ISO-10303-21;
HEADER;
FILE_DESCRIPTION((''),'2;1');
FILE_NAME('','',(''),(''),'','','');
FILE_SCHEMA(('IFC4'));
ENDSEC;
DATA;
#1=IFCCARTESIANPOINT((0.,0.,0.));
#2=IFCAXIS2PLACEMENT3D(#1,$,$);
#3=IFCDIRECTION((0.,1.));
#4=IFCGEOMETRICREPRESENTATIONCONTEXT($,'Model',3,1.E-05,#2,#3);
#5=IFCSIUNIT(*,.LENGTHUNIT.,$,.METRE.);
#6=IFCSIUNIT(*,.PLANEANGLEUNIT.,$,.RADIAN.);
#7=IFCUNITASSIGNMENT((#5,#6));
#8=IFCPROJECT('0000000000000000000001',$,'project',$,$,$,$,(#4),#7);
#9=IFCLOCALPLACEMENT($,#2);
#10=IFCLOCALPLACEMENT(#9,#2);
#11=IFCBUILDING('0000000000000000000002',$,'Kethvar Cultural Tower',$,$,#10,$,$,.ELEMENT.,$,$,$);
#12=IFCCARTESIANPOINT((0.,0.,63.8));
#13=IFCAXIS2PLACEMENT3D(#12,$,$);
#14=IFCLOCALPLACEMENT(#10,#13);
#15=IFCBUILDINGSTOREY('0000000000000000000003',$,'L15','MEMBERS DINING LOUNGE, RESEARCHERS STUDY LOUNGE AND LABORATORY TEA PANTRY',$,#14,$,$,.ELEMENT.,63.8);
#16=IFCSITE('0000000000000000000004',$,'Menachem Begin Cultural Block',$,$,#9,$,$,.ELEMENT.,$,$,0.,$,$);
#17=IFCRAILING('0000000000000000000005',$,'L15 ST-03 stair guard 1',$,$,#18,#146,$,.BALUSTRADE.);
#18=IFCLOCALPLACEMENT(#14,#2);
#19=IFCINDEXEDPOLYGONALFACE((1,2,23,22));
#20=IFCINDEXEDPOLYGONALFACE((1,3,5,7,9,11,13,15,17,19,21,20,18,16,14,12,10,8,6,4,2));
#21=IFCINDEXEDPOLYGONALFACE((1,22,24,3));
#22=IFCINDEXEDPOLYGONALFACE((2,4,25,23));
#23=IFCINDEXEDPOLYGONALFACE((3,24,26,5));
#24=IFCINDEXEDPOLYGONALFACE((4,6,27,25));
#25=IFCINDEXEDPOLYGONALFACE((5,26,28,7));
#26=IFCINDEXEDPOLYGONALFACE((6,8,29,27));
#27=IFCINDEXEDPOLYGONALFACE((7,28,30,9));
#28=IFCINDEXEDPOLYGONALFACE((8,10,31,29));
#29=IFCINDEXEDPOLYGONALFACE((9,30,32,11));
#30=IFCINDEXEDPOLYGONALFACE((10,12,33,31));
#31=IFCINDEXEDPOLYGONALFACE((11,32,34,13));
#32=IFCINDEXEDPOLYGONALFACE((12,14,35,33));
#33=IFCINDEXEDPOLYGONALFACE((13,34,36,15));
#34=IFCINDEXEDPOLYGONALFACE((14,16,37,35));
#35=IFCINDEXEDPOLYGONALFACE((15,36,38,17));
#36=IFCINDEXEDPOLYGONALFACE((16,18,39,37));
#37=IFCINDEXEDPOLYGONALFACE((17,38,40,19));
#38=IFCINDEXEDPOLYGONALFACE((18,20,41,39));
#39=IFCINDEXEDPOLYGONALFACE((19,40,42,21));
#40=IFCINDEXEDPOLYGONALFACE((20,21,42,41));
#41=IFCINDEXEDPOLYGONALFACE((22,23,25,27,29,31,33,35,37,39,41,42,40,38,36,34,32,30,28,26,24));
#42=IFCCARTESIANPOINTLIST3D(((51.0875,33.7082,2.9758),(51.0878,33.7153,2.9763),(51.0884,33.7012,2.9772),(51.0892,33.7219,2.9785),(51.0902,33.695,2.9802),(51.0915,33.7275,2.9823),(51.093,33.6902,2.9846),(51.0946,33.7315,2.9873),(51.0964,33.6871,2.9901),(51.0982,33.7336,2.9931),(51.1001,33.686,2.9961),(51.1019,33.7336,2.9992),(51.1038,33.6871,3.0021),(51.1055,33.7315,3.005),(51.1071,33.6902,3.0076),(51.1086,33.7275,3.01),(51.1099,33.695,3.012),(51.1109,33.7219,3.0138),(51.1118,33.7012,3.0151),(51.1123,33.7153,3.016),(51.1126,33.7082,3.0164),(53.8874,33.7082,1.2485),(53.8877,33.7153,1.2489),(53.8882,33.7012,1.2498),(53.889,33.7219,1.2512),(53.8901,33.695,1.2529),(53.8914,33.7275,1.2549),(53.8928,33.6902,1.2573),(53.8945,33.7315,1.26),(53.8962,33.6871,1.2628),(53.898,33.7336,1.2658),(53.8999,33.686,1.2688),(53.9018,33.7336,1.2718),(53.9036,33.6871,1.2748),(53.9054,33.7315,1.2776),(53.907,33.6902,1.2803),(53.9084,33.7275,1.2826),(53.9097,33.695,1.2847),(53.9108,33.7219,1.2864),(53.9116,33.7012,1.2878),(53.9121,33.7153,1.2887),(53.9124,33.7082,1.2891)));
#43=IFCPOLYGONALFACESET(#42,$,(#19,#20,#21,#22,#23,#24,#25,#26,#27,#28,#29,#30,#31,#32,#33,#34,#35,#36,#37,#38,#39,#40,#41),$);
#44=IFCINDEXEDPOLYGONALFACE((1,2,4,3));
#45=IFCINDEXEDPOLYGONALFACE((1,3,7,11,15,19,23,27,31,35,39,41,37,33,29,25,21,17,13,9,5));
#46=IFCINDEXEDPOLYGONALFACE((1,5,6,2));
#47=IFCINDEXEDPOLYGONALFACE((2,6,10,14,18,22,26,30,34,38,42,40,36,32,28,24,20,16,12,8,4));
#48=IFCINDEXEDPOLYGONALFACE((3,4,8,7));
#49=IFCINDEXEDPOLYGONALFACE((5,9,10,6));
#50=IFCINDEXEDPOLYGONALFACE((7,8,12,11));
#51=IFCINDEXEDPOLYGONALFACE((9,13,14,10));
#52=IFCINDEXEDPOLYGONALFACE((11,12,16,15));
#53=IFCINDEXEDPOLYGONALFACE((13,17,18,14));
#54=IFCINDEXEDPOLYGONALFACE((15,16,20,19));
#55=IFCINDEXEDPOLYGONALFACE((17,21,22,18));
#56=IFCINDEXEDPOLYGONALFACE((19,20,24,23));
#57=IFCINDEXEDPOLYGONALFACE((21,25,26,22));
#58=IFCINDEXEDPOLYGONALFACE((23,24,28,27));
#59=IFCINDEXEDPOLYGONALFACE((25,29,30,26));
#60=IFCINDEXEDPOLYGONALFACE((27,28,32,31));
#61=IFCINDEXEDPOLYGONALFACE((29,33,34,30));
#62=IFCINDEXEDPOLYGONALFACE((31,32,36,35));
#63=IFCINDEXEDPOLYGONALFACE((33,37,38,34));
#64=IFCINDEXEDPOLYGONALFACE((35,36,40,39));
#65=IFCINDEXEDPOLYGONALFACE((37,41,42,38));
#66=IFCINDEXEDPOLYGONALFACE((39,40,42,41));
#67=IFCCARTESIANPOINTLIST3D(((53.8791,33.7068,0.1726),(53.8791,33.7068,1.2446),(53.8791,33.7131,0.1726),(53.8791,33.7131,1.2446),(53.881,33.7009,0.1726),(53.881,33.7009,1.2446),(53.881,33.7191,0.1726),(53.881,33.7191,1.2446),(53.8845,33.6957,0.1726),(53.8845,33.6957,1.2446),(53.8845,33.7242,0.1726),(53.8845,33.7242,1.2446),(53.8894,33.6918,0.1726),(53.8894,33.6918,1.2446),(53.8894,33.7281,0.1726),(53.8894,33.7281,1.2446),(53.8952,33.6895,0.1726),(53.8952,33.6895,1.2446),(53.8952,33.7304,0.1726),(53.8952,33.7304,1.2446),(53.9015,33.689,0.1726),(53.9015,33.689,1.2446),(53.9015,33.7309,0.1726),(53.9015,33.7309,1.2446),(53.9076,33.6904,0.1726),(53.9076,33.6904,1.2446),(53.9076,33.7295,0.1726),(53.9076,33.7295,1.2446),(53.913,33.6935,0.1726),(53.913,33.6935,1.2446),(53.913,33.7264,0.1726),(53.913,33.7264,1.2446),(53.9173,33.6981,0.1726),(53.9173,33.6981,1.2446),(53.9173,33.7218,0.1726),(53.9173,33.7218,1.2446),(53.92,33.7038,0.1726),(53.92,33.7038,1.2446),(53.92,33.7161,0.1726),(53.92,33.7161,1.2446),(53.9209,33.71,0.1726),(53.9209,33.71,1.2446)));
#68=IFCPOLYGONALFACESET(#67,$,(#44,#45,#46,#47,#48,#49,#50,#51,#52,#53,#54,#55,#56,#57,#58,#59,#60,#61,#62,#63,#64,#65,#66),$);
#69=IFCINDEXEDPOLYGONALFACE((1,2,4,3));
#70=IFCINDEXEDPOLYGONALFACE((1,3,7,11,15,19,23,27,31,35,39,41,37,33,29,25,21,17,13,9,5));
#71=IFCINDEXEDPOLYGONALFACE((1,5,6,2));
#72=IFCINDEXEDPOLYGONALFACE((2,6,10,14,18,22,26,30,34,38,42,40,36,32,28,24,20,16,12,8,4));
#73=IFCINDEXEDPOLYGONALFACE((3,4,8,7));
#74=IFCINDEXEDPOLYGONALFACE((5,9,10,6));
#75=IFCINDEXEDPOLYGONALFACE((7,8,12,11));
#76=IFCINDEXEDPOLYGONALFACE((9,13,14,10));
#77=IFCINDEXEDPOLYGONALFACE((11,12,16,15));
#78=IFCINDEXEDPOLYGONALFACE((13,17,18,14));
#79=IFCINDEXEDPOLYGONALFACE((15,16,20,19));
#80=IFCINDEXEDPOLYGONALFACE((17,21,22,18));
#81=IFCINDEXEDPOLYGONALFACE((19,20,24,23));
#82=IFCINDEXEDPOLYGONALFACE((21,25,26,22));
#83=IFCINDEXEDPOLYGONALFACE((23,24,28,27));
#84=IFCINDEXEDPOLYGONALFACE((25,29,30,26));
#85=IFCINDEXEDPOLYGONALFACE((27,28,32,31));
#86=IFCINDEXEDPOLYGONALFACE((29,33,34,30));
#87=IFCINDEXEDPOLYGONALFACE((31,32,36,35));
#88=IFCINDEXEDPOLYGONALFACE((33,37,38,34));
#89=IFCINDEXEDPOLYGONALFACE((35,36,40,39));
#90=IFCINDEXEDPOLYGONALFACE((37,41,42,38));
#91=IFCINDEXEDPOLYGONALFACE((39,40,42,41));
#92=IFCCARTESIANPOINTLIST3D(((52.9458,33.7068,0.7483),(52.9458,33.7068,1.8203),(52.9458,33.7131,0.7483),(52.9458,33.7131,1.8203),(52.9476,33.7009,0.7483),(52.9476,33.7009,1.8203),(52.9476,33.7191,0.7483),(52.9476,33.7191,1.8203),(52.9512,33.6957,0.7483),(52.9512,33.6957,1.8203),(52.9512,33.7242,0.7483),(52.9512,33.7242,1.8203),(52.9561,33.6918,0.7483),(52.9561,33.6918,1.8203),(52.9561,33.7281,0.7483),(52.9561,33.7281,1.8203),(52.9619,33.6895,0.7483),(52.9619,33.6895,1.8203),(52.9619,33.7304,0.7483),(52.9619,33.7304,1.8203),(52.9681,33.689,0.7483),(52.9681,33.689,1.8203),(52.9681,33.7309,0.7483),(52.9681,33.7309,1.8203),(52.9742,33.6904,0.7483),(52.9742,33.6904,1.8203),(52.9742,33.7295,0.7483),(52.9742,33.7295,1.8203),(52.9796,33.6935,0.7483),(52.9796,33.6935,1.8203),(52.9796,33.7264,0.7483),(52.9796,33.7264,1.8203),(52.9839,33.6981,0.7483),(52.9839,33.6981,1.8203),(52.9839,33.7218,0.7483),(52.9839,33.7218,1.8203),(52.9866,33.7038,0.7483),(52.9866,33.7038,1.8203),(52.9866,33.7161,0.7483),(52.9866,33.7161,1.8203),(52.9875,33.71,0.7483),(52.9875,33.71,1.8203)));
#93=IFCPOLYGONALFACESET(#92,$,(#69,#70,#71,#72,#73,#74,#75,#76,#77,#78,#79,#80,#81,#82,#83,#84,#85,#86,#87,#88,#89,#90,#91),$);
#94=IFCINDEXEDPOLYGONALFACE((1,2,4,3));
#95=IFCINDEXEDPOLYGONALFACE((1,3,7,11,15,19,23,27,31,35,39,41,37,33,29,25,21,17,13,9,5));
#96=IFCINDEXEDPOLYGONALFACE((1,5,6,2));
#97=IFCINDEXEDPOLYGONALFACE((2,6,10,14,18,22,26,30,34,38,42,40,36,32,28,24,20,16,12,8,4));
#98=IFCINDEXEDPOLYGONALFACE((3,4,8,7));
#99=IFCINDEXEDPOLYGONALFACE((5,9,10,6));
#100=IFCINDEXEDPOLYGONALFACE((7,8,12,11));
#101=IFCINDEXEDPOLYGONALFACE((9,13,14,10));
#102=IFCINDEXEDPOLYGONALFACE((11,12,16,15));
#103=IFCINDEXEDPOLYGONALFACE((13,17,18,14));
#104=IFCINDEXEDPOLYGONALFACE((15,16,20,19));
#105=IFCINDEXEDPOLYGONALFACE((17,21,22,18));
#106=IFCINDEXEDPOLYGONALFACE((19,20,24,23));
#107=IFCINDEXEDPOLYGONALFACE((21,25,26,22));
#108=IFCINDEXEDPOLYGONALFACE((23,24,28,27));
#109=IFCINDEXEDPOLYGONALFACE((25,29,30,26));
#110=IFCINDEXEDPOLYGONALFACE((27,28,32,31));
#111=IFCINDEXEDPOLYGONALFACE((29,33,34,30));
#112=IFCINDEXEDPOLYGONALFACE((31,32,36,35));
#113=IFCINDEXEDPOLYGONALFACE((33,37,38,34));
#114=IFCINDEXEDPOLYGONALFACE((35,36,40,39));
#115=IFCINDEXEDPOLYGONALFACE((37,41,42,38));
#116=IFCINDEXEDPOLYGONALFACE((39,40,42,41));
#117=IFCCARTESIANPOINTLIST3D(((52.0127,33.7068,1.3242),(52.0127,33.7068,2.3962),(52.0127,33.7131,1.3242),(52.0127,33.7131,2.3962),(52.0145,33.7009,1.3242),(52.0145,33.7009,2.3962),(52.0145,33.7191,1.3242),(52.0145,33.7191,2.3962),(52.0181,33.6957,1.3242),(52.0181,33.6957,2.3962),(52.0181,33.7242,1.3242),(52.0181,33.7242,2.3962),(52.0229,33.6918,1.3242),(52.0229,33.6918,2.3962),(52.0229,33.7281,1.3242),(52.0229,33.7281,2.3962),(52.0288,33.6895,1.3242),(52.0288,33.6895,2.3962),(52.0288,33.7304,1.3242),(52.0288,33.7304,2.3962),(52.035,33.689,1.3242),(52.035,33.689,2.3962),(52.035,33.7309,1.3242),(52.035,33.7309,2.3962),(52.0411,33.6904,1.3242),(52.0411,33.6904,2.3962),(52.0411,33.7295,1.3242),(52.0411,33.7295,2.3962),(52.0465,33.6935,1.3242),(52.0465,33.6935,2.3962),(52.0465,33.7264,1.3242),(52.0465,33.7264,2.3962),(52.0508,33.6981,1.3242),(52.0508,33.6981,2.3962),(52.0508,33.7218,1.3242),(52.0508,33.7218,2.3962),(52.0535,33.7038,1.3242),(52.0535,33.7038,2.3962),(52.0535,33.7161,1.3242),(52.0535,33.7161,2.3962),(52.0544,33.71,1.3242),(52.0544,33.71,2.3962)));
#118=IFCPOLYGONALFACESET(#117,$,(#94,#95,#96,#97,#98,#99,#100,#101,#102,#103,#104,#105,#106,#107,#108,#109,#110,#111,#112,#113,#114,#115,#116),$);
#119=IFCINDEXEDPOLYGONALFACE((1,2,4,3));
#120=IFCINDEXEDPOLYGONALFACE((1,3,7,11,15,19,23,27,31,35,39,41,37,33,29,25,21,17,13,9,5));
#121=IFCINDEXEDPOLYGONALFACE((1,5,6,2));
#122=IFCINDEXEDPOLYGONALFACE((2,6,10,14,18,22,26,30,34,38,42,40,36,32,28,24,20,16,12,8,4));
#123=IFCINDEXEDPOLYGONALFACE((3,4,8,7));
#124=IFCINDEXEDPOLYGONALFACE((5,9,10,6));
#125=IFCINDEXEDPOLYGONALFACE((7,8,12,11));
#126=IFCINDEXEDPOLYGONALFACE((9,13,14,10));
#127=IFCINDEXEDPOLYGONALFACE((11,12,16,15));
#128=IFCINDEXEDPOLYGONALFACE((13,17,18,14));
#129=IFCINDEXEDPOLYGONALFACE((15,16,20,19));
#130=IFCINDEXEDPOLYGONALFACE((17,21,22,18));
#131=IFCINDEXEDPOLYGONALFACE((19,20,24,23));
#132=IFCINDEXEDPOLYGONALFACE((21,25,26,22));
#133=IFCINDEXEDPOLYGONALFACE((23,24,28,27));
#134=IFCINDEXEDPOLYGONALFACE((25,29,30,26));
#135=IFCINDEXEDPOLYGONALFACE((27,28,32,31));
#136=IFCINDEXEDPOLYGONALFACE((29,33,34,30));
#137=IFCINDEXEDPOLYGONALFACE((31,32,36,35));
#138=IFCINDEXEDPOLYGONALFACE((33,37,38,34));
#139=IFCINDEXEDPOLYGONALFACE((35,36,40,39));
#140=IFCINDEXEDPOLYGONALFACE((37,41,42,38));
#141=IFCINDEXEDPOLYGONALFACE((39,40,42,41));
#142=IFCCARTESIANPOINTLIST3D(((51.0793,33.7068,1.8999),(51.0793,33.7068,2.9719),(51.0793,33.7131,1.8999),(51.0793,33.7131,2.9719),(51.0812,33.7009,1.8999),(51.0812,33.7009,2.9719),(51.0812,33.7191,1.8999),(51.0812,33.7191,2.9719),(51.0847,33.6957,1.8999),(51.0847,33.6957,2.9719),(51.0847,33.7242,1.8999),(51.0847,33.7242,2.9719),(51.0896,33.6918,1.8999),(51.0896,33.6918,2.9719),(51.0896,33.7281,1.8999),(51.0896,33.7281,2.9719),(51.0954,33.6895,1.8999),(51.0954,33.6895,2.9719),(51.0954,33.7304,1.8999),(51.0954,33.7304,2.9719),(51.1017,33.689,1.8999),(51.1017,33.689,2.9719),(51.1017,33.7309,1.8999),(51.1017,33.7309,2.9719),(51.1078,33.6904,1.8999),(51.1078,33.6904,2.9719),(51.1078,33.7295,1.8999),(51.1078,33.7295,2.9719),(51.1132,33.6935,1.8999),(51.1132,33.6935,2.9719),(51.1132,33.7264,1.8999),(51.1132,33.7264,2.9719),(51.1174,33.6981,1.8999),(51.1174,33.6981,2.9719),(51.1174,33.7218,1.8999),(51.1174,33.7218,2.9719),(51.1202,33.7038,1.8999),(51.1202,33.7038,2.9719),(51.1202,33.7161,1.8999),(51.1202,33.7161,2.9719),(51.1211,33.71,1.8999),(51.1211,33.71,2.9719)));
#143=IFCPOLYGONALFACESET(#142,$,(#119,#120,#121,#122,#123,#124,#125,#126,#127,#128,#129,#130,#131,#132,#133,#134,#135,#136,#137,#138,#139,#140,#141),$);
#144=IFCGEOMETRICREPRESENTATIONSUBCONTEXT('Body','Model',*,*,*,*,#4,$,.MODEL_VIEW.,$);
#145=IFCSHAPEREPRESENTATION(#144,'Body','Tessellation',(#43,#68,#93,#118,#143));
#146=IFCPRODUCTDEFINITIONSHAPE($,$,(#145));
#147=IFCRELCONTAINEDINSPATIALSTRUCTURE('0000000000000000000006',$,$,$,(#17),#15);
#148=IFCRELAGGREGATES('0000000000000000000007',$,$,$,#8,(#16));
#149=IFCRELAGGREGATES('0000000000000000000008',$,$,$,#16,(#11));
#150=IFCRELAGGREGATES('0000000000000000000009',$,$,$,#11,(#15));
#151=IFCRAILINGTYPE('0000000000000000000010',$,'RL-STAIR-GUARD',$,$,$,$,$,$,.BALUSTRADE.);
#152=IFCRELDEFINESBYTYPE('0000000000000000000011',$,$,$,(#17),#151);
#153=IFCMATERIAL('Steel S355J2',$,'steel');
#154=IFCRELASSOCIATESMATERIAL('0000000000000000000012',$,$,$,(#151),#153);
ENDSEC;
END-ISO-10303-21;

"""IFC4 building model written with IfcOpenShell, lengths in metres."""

from ifc_helpers import new_model, si_unit, direction, frame, origin, origin_2d, place, context, subcontext, project, spatial, circle, extrude, material, type_object, element, save


model = new_model("IFC4")

# Units and contexts
model_context = context("Model", 3, precision=1e-05, world=origin(), true_north=direction((0.0, 1.0)))
body_context = subcontext(model_context, "Body", "Model", "MODEL_VIEW")
ifc_project = project(units=[si_unit("LENGTHUNIT", "METRE"), si_unit("PLANEANGLEUNIT", "RADIAN")], contexts=[model_context])

# Site, building, storey
site_placement = place(None, origin())
site = spatial("IfcSite", under=ifc_project, at=site_placement, Name="Menachem Begin Cultural Block", CompositionType="ELEMENT", RefElevation=0.0)
building_placement = place(site_placement, origin())
building = spatial("IfcBuilding", under=site, at=building_placement, Name="Kethvar Cultural Tower", CompositionType="ELEMENT")
storey_placement = place(building_placement, frame((0.0, 0.0, 63.8)))
storey = spatial("IfcBuildingStorey", under=building, at=storey_placement, Name="L15", Description="MEMBERS DINING LOUNGE, RESEARCHERS STUDY LOUNGE AND LABORATORY TEA PANTRY", CompositionType="ELEMENT", Elevation=63.8)

# Shared definitions
ifc_material_1 = material(Name="Steel S355J2", Category="steel")

# Railing
railing_type_1 = type_object("IfcRailingType", Name="RL-STAIR-GUARD", PredefinedType="BALUSTRADE", material=ifc_material_1)
railing_1_placement = place(storey_placement, frame((53.8999, 33.71, 0.1726)))
element("IfcRailing", 1, at=railing_1_placement, inside=storey, type_object=railing_type_1, Name="L15 ST-03 stair guard 1", PredefinedType="BALUSTRADE", context=body_context, shape_type="SweptSolid", body=[
    extrude(circle(Radius=0.0239, at=origin_2d()), frame((0.0, 0.0, 1.0962), z_axis=(-0.851069, 0.0, 0.525054), x_axis=(0.0, -1.0, 0.0)), (0.0, 0.0, 1.0), 3.2898),
    extrude(circle(Radius=0.021, at=origin_2d()), origin(), (0.0, 0.0, 1.0), 1.072),
    extrude(circle(Radius=0.021, at=origin_2d()), frame((-0.9333, 0.0, 0.5757)), (0.0, 0.0, 1.0), 1.072),
    extrude(circle(Radius=0.021, at=origin_2d()), frame((-1.8665, 0.0, 1.1516)), (0.0, 0.0, 1.0), 1.072),
    extrude(circle(Radius=0.021, at=origin_2d()), frame((-2.7998, 0.0, 1.7273)), (0.0, 0.0, 1.0), 1.072),
])

save(model, "model.ifc")
